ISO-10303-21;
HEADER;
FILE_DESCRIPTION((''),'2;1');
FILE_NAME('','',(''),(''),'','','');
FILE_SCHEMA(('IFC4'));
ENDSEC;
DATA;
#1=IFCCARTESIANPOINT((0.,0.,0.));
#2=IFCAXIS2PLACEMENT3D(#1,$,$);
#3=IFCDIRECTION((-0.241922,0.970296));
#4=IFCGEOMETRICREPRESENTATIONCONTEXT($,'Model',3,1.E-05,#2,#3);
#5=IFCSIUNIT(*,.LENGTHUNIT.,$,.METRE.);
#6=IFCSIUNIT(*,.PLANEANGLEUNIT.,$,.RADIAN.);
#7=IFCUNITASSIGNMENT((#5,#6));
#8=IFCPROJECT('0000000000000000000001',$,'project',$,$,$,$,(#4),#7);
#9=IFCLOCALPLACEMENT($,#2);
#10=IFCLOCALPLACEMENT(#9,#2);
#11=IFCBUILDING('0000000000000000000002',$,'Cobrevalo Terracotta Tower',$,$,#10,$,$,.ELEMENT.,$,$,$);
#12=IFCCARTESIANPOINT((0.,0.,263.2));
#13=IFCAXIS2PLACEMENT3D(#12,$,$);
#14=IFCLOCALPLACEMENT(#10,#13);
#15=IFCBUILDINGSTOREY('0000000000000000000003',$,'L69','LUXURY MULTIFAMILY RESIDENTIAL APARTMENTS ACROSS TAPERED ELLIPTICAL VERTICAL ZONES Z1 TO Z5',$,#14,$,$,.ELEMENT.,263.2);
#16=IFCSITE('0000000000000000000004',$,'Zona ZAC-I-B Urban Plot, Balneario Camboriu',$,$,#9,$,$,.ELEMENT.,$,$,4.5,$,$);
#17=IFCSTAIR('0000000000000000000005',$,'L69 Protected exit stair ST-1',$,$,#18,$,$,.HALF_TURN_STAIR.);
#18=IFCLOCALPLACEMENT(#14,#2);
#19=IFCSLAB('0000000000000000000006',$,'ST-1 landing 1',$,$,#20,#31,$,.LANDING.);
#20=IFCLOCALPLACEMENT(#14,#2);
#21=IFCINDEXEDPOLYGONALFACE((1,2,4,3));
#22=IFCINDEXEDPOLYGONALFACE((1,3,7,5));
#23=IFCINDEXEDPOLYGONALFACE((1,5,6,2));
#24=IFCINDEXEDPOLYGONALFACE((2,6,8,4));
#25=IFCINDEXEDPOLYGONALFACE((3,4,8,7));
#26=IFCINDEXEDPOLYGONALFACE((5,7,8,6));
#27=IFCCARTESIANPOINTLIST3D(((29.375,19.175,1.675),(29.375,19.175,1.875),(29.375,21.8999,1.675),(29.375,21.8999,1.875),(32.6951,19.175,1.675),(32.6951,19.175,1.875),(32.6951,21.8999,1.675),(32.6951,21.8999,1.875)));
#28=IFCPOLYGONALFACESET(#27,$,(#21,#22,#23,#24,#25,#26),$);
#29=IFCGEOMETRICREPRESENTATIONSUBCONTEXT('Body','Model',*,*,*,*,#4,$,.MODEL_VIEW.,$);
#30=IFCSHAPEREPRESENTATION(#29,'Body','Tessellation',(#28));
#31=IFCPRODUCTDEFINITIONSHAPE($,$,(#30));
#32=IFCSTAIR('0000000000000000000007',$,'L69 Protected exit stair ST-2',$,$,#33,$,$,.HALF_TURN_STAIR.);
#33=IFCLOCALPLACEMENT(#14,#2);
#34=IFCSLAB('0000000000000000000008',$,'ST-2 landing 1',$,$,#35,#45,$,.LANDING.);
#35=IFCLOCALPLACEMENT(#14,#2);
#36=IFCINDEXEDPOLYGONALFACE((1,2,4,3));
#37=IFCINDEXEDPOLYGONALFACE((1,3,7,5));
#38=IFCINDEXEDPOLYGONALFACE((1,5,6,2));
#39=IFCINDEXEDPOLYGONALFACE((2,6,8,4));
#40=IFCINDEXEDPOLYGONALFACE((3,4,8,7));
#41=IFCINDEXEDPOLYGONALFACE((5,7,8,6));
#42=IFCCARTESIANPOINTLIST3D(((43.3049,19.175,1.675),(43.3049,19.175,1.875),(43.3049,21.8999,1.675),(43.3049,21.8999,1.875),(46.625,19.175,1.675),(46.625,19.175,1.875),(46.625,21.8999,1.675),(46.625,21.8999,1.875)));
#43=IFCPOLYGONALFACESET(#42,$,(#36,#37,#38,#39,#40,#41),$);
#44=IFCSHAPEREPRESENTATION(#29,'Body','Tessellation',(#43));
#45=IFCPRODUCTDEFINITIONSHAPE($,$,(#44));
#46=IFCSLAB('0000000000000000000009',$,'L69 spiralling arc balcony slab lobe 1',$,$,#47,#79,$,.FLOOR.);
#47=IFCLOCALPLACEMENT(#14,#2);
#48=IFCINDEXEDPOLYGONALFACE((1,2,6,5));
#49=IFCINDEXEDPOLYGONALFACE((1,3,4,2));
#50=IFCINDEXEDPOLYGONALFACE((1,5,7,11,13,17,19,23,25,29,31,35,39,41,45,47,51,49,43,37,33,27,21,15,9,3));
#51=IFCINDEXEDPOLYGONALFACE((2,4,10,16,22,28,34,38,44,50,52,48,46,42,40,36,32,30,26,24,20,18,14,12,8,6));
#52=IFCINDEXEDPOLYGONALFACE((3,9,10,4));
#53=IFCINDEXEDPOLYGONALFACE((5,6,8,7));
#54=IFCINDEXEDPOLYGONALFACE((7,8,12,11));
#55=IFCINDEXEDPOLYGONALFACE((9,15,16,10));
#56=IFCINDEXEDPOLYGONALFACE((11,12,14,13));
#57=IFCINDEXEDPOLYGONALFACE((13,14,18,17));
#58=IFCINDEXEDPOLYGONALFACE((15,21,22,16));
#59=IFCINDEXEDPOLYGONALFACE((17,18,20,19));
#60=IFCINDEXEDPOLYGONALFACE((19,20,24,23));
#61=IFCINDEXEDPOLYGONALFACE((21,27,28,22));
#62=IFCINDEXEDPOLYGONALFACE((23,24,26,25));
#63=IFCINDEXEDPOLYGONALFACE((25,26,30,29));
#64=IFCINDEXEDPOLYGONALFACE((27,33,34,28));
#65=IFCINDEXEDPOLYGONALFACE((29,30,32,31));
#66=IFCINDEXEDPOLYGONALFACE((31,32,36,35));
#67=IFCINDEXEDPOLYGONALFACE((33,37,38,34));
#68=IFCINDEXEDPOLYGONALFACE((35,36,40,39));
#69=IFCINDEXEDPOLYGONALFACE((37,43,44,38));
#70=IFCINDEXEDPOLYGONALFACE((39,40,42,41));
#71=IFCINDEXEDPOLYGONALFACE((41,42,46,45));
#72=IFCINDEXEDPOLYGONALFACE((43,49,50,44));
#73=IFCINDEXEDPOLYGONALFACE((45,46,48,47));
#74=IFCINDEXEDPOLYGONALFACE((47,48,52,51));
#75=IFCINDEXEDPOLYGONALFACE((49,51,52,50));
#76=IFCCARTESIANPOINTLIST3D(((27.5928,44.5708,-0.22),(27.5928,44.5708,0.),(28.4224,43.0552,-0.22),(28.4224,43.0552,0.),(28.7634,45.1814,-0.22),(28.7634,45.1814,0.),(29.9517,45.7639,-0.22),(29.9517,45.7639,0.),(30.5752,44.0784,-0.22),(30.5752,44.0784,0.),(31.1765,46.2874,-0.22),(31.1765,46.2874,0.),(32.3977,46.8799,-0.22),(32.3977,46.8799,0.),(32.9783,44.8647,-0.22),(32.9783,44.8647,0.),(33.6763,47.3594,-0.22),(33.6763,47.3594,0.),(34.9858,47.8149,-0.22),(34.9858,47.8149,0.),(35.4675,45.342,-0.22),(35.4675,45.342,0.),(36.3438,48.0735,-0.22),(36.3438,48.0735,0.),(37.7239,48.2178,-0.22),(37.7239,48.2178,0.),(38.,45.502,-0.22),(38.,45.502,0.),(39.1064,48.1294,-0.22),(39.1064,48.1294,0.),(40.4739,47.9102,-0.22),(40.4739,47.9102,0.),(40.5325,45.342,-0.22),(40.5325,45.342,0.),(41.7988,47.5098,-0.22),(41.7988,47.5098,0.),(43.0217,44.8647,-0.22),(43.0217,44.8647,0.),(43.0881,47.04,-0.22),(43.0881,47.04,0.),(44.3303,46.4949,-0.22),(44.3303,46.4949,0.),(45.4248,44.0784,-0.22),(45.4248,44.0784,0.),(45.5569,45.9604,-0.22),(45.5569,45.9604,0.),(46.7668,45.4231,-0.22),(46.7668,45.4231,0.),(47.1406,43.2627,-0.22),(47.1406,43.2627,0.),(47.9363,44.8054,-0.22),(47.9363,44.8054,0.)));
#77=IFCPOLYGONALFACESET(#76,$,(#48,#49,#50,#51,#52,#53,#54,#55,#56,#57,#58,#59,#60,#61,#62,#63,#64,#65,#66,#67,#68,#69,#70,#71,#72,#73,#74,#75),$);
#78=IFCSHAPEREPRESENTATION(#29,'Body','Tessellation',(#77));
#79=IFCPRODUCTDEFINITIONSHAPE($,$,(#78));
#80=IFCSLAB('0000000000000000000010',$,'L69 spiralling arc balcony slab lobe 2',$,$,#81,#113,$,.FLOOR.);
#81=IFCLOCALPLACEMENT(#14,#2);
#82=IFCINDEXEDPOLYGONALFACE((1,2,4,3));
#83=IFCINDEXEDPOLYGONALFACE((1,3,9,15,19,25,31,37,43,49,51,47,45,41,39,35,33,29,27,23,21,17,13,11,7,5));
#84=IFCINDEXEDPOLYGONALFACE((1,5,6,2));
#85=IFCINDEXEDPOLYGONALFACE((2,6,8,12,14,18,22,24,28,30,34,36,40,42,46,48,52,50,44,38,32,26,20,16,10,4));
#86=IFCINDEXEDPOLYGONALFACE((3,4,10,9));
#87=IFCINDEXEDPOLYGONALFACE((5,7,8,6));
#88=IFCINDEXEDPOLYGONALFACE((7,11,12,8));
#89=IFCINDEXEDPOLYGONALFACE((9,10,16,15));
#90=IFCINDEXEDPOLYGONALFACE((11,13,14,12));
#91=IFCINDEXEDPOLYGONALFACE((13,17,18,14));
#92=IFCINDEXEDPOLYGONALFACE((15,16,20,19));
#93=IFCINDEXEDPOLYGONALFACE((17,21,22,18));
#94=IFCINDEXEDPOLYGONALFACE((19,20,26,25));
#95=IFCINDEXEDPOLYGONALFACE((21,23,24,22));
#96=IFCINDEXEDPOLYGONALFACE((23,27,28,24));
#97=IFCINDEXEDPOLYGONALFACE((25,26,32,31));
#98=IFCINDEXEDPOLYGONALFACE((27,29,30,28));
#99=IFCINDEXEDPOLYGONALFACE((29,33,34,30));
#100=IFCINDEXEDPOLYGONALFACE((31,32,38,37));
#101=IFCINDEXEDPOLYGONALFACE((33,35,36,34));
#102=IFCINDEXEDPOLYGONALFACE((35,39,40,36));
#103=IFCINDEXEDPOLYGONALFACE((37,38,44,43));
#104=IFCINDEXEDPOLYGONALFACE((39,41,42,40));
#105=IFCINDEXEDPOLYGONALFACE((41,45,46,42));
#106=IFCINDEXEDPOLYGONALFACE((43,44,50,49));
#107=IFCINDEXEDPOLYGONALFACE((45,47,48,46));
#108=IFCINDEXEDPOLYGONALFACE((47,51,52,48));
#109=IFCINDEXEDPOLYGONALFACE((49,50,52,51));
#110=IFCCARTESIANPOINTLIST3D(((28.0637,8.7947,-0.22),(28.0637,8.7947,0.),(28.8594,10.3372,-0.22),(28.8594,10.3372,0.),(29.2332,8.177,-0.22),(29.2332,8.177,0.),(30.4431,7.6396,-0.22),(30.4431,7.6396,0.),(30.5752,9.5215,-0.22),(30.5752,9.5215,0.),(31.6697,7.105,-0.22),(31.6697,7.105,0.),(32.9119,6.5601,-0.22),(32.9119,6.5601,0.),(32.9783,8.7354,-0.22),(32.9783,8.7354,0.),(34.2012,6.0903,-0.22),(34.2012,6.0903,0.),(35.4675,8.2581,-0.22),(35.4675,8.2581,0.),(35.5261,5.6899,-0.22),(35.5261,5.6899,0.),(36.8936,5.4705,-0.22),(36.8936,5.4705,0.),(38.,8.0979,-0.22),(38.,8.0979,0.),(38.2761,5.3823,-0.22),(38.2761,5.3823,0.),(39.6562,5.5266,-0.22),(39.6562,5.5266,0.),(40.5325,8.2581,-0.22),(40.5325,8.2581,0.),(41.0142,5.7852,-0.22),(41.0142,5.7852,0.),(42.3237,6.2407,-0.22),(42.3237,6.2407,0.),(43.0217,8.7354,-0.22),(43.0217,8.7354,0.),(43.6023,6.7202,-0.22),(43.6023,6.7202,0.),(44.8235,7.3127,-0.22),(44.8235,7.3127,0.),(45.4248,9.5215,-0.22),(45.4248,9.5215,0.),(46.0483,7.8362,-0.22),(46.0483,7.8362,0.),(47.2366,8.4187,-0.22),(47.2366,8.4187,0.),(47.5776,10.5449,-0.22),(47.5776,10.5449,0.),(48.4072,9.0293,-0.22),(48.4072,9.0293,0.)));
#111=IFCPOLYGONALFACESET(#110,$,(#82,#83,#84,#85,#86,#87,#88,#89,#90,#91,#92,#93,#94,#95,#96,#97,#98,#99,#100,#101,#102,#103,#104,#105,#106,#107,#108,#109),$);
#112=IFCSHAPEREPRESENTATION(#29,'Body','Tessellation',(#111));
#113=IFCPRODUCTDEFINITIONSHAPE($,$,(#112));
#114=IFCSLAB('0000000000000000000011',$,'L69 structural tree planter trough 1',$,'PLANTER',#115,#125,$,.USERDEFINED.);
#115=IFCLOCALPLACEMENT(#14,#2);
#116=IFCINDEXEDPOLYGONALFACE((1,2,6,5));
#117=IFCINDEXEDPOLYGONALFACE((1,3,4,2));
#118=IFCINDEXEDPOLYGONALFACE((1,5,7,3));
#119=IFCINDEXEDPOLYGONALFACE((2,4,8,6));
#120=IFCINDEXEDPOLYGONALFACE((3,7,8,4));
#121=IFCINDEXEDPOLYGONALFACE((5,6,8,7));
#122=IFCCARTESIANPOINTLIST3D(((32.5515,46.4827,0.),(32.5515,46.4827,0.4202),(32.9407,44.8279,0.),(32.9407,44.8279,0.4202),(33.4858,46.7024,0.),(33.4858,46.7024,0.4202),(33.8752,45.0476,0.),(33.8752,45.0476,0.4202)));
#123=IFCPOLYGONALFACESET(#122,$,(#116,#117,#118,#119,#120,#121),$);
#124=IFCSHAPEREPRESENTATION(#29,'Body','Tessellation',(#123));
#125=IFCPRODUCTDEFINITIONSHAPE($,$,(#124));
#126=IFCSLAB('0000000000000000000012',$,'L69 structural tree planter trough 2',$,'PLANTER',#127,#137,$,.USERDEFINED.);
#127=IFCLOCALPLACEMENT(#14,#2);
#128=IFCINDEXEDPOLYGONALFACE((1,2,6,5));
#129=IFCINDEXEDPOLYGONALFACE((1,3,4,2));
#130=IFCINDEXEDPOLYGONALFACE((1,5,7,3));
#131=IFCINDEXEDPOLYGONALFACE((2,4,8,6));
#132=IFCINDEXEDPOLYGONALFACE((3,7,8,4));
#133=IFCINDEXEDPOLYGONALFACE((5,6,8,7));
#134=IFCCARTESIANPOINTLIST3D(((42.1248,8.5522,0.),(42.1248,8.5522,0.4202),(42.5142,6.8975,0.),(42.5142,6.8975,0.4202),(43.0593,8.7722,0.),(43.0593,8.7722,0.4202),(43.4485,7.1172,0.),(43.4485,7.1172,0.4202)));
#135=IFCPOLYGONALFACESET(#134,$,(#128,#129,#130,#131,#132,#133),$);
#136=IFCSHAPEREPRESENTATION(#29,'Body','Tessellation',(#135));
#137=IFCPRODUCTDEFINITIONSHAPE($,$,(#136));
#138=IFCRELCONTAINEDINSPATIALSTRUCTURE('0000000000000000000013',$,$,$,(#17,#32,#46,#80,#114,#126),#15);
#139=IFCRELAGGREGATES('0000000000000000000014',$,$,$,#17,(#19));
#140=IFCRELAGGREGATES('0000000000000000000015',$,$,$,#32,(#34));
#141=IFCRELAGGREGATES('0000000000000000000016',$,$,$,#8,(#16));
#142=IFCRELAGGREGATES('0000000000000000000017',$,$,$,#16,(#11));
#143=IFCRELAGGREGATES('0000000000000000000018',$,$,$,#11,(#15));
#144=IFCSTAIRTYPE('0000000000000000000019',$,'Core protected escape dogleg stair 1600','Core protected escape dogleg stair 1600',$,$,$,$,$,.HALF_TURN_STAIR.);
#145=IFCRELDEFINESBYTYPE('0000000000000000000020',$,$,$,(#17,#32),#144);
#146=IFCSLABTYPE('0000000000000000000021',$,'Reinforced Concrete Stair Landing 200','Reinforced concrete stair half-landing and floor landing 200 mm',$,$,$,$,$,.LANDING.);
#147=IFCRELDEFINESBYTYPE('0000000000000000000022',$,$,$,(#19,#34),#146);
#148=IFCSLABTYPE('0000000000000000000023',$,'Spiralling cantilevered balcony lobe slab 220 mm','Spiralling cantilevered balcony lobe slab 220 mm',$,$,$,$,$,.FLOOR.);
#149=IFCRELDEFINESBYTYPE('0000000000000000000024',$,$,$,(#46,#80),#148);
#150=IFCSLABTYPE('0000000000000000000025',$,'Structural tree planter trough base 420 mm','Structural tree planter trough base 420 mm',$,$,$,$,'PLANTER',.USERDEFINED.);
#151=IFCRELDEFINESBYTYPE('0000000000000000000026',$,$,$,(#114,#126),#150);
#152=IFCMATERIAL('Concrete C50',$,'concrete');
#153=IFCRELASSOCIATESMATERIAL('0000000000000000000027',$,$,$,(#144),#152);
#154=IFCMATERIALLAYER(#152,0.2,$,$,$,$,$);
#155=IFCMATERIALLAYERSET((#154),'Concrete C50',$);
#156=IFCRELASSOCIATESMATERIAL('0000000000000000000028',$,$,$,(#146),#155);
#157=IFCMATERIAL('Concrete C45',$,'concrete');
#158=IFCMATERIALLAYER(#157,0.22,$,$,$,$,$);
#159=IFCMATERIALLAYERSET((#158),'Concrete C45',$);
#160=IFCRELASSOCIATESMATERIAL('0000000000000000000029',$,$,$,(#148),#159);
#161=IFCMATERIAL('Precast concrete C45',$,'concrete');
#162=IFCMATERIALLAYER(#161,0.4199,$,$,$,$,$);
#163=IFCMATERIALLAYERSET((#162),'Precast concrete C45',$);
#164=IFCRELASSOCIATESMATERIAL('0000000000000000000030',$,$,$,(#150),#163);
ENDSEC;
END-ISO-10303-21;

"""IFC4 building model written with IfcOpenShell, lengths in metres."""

from ifc_helpers import new_model, si_unit, direction, frame, origin, place, context, subcontext, project, spatial, polyline, outline, extrude, material, layer, layer_set, type_object, element, aggregate, save


model = new_model("IFC4")

# Units and contexts
model_context = context("Model", 3, precision=1e-05, world=origin(), true_north=direction((-0.241922, 0.970296)))
body_context = subcontext(model_context, "Body", "Model", "MODEL_VIEW")
ifc_project = project(units=[si_unit("LENGTHUNIT", "METRE"), si_unit("PLANEANGLEUNIT", "RADIAN")], contexts=[model_context])

# Site, building, storey
site_placement = place(None, origin())
site = spatial("IfcSite", under=ifc_project, at=site_placement, Name="Zona ZAC-I-B Urban Plot, Balneario Camboriu", CompositionType="ELEMENT", RefElevation=4.5)
building_placement = place(site_placement, origin())
building = spatial("IfcBuilding", under=site, at=building_placement, Name="Cobrevalo Terracotta Tower", CompositionType="ELEMENT")
storey_placement = place(building_placement, frame((0.0, 0.0, 263.2)))
storey = spatial("IfcBuildingStorey", under=building, at=storey_placement, Name="L69", Description="LUXURY MULTIFAMILY RESIDENTIAL APARTMENTS ACROSS TAPERED ELLIPTICAL VERTICAL ZONES Z1 TO Z5", CompositionType="ELEMENT", Elevation=263.2)

# Stairs, slabs
ifc_material_1 = material(Name="Concrete C50", Category="concrete")
stair_type = type_object("IfcStairType", Name="Core protected escape dogleg stair 1600", Description="Core protected escape dogleg stair 1600", PredefinedType="HALF_TURN_STAIR", material=ifc_material_1)
stair_1_placement = place(storey_placement, origin())
stair_1 = element("IfcStair", 1, at=stair_1_placement, inside=storey, type_object=stair_type, Name="L69 Protected exit stair ST-1", PredefinedType="HALF_TURN_STAIR")
ifc_layer_1 = layer(ifc_material_1, 0.2)
ifc_layer_set_1 = layer_set([ifc_layer_1], Name="Concrete C50")
slab_type_1 = type_object("IfcSlabType", Name="Reinforced Concrete Stair Landing 200", Description="Reinforced concrete stair half-landing and floor landing 200 mm", PredefinedType="LANDING", material=ifc_layer_set_1)
slab_1_placement = place(storey_placement, frame((0.0, 0.0, 1.675)))
slab_1 = element("IfcSlab", 2, at=slab_1_placement, type_object=slab_type_1, Name="ST-1 landing 1", PredefinedType="LANDING", context=body_context, shape_type="SweptSolid", body=[
    extrude(outline(polyline([(29.375, 21.8999), (29.375, 19.175), (32.6951, 19.175), (32.6951, 21.8999), (29.375, 21.8999)])), origin(), (0.0, 0.0, 1.0), 0.2),
])
aggregate(stair_1, [slab_1])
stair_2_placement = place(storey_placement, origin())
stair_2 = element("IfcStair", 3, at=stair_2_placement, inside=storey, type_object=stair_type, Name="L69 Protected exit stair ST-2", PredefinedType="HALF_TURN_STAIR")
slab_2_placement = place(storey_placement, frame((0.0, 0.0, 1.675)))
slab_2 = element("IfcSlab", 4, at=slab_2_placement, type_object=slab_type_1, Name="ST-2 landing 1", PredefinedType="LANDING", context=body_context, shape_type="SweptSolid", body=[
    extrude(outline(polyline([(43.3049, 21.8999), (43.3049, 19.175), (46.625, 19.175), (46.625, 21.8999), (43.3049, 21.8999)])), origin(), (0.0, 0.0, 1.0), 0.2),
])
aggregate(stair_2, [slab_2])

# Slabs
ifc_material_2 = material(Name="Concrete C45", Category="concrete")
ifc_layer_2 = layer(ifc_material_2, 0.22)
ifc_layer_set_2 = layer_set([ifc_layer_2], Name="Concrete C45")
slab_type_2 = type_object("IfcSlabType", Name="Spiralling cantilevered balcony lobe slab 220 mm", Description="Spiralling cantilevered balcony lobe slab 220 mm", PredefinedType="FLOOR", material=ifc_layer_set_2)
slab_3_placement = place(storey_placement, frame((0.0, 0.0, -0.22)))
element("IfcSlab", 5, at=slab_3_placement, inside=storey, type_object=slab_type_2, Name="L69 spiralling arc balcony slab lobe 1", PredefinedType="FLOOR", context=body_context, shape_type="SweptSolid", body=[
    extrude(outline(polyline([(47.9363, 44.8054), (46.7668, 45.4231), (45.5569, 45.9604), (44.3303, 46.4949), (43.0881, 47.04), (41.7988, 47.5098), (40.4739, 47.9102), (39.1064, 48.1294), (37.7239, 48.2178), (36.3438, 48.0735), (34.9858, 47.8149), (33.6763, 47.3594), (32.3977, 46.8799), (31.1765, 46.2874), (29.9517, 45.7639), (28.7634, 45.1814), (27.5928, 44.5708), (28.4224, 43.0552), (30.5752, 44.0784), (32.9783, 44.8647), (35.4675, 45.342), (38.0, 45.502), (40.5325, 45.342), (43.0217, 44.8647), (45.4248, 44.0784), (47.1406, 43.2627), (47.9363, 44.8054)])), origin(), (0.0, 0.0, 1.0), 0.22),
])
slab_4_placement = place(storey_placement, frame((0.0, 0.0, -0.22)))
element("IfcSlab", 6, at=slab_4_placement, inside=storey, type_object=slab_type_2, Name="L69 spiralling arc balcony slab lobe 2", PredefinedType="FLOOR", context=body_context, shape_type="SweptSolid", body=[
    extrude(outline(polyline([(28.0637, 8.7947), (29.2332, 8.177), (30.4431, 7.6396), (31.6697, 7.105), (32.9119, 6.5601), (34.2012, 6.0903), (35.5261, 5.6899), (36.8936, 5.4705), (38.2761, 5.3823), (39.6562, 5.5266), (41.0142, 5.7852), (42.3237, 6.2407), (43.6023, 6.7202), (44.8235, 7.3127), (46.0483, 7.8362), (47.2366, 8.4187), (48.4072, 9.0293), (47.5776, 10.5449), (45.4248, 9.5215), (43.0217, 8.7354), (40.5325, 8.2581), (38.0, 8.0979), (35.4675, 8.2581), (32.9783, 8.7354), (30.5752, 9.5215), (28.8594, 10.3372), (28.0637, 8.7947)])), origin(), (0.0, 0.0, 1.0), 0.22),
])
ifc_material_3 = material(Name="Precast concrete C45", Category="concrete")
ifc_layer_3 = layer(ifc_material_3, 0.4199)
ifc_layer_set_3 = layer_set([ifc_layer_3], Name="Precast concrete C45")
slab_type_3 = type_object("IfcSlabType", Name="Structural tree planter trough base 420 mm", Description="Structural tree planter trough base 420 mm", ElementType="PLANTER", PredefinedType="USERDEFINED", material=ifc_layer_set_3)
slab_5_placement = place(storey_placement, origin())
element("IfcSlab", 7, at=slab_5_placement, inside=storey, type_object=slab_type_3, Name="L69 structural tree planter trough 1", ObjectType="PLANTER", PredefinedType="USERDEFINED", context=body_context, shape_type="SweptSolid", body=[
    extrude(outline(polyline([(33.8752, 45.0476), (33.4858, 46.7024), (32.5515, 46.4827), (32.9407, 44.8279), (33.8752, 45.0476)])), origin(), (0.0, 0.0, 1.0), 0.4202),
])
slab_6_placement = place(storey_placement, origin())
element("IfcSlab", 8, at=slab_6_placement, inside=storey, type_object=slab_type_3, Name="L69 structural tree planter trough 2", ObjectType="PLANTER", PredefinedType="USERDEFINED", context=body_context, shape_type="SweptSolid", body=[
    extrude(outline(polyline([(42.1248, 8.5522), (42.5142, 6.8975), (43.4485, 7.1172), (43.0593, 8.7722), (42.1248, 8.5522)])), origin(), (0.0, 0.0, 1.0), 0.4202),
])

save(model, "model.ifc")
